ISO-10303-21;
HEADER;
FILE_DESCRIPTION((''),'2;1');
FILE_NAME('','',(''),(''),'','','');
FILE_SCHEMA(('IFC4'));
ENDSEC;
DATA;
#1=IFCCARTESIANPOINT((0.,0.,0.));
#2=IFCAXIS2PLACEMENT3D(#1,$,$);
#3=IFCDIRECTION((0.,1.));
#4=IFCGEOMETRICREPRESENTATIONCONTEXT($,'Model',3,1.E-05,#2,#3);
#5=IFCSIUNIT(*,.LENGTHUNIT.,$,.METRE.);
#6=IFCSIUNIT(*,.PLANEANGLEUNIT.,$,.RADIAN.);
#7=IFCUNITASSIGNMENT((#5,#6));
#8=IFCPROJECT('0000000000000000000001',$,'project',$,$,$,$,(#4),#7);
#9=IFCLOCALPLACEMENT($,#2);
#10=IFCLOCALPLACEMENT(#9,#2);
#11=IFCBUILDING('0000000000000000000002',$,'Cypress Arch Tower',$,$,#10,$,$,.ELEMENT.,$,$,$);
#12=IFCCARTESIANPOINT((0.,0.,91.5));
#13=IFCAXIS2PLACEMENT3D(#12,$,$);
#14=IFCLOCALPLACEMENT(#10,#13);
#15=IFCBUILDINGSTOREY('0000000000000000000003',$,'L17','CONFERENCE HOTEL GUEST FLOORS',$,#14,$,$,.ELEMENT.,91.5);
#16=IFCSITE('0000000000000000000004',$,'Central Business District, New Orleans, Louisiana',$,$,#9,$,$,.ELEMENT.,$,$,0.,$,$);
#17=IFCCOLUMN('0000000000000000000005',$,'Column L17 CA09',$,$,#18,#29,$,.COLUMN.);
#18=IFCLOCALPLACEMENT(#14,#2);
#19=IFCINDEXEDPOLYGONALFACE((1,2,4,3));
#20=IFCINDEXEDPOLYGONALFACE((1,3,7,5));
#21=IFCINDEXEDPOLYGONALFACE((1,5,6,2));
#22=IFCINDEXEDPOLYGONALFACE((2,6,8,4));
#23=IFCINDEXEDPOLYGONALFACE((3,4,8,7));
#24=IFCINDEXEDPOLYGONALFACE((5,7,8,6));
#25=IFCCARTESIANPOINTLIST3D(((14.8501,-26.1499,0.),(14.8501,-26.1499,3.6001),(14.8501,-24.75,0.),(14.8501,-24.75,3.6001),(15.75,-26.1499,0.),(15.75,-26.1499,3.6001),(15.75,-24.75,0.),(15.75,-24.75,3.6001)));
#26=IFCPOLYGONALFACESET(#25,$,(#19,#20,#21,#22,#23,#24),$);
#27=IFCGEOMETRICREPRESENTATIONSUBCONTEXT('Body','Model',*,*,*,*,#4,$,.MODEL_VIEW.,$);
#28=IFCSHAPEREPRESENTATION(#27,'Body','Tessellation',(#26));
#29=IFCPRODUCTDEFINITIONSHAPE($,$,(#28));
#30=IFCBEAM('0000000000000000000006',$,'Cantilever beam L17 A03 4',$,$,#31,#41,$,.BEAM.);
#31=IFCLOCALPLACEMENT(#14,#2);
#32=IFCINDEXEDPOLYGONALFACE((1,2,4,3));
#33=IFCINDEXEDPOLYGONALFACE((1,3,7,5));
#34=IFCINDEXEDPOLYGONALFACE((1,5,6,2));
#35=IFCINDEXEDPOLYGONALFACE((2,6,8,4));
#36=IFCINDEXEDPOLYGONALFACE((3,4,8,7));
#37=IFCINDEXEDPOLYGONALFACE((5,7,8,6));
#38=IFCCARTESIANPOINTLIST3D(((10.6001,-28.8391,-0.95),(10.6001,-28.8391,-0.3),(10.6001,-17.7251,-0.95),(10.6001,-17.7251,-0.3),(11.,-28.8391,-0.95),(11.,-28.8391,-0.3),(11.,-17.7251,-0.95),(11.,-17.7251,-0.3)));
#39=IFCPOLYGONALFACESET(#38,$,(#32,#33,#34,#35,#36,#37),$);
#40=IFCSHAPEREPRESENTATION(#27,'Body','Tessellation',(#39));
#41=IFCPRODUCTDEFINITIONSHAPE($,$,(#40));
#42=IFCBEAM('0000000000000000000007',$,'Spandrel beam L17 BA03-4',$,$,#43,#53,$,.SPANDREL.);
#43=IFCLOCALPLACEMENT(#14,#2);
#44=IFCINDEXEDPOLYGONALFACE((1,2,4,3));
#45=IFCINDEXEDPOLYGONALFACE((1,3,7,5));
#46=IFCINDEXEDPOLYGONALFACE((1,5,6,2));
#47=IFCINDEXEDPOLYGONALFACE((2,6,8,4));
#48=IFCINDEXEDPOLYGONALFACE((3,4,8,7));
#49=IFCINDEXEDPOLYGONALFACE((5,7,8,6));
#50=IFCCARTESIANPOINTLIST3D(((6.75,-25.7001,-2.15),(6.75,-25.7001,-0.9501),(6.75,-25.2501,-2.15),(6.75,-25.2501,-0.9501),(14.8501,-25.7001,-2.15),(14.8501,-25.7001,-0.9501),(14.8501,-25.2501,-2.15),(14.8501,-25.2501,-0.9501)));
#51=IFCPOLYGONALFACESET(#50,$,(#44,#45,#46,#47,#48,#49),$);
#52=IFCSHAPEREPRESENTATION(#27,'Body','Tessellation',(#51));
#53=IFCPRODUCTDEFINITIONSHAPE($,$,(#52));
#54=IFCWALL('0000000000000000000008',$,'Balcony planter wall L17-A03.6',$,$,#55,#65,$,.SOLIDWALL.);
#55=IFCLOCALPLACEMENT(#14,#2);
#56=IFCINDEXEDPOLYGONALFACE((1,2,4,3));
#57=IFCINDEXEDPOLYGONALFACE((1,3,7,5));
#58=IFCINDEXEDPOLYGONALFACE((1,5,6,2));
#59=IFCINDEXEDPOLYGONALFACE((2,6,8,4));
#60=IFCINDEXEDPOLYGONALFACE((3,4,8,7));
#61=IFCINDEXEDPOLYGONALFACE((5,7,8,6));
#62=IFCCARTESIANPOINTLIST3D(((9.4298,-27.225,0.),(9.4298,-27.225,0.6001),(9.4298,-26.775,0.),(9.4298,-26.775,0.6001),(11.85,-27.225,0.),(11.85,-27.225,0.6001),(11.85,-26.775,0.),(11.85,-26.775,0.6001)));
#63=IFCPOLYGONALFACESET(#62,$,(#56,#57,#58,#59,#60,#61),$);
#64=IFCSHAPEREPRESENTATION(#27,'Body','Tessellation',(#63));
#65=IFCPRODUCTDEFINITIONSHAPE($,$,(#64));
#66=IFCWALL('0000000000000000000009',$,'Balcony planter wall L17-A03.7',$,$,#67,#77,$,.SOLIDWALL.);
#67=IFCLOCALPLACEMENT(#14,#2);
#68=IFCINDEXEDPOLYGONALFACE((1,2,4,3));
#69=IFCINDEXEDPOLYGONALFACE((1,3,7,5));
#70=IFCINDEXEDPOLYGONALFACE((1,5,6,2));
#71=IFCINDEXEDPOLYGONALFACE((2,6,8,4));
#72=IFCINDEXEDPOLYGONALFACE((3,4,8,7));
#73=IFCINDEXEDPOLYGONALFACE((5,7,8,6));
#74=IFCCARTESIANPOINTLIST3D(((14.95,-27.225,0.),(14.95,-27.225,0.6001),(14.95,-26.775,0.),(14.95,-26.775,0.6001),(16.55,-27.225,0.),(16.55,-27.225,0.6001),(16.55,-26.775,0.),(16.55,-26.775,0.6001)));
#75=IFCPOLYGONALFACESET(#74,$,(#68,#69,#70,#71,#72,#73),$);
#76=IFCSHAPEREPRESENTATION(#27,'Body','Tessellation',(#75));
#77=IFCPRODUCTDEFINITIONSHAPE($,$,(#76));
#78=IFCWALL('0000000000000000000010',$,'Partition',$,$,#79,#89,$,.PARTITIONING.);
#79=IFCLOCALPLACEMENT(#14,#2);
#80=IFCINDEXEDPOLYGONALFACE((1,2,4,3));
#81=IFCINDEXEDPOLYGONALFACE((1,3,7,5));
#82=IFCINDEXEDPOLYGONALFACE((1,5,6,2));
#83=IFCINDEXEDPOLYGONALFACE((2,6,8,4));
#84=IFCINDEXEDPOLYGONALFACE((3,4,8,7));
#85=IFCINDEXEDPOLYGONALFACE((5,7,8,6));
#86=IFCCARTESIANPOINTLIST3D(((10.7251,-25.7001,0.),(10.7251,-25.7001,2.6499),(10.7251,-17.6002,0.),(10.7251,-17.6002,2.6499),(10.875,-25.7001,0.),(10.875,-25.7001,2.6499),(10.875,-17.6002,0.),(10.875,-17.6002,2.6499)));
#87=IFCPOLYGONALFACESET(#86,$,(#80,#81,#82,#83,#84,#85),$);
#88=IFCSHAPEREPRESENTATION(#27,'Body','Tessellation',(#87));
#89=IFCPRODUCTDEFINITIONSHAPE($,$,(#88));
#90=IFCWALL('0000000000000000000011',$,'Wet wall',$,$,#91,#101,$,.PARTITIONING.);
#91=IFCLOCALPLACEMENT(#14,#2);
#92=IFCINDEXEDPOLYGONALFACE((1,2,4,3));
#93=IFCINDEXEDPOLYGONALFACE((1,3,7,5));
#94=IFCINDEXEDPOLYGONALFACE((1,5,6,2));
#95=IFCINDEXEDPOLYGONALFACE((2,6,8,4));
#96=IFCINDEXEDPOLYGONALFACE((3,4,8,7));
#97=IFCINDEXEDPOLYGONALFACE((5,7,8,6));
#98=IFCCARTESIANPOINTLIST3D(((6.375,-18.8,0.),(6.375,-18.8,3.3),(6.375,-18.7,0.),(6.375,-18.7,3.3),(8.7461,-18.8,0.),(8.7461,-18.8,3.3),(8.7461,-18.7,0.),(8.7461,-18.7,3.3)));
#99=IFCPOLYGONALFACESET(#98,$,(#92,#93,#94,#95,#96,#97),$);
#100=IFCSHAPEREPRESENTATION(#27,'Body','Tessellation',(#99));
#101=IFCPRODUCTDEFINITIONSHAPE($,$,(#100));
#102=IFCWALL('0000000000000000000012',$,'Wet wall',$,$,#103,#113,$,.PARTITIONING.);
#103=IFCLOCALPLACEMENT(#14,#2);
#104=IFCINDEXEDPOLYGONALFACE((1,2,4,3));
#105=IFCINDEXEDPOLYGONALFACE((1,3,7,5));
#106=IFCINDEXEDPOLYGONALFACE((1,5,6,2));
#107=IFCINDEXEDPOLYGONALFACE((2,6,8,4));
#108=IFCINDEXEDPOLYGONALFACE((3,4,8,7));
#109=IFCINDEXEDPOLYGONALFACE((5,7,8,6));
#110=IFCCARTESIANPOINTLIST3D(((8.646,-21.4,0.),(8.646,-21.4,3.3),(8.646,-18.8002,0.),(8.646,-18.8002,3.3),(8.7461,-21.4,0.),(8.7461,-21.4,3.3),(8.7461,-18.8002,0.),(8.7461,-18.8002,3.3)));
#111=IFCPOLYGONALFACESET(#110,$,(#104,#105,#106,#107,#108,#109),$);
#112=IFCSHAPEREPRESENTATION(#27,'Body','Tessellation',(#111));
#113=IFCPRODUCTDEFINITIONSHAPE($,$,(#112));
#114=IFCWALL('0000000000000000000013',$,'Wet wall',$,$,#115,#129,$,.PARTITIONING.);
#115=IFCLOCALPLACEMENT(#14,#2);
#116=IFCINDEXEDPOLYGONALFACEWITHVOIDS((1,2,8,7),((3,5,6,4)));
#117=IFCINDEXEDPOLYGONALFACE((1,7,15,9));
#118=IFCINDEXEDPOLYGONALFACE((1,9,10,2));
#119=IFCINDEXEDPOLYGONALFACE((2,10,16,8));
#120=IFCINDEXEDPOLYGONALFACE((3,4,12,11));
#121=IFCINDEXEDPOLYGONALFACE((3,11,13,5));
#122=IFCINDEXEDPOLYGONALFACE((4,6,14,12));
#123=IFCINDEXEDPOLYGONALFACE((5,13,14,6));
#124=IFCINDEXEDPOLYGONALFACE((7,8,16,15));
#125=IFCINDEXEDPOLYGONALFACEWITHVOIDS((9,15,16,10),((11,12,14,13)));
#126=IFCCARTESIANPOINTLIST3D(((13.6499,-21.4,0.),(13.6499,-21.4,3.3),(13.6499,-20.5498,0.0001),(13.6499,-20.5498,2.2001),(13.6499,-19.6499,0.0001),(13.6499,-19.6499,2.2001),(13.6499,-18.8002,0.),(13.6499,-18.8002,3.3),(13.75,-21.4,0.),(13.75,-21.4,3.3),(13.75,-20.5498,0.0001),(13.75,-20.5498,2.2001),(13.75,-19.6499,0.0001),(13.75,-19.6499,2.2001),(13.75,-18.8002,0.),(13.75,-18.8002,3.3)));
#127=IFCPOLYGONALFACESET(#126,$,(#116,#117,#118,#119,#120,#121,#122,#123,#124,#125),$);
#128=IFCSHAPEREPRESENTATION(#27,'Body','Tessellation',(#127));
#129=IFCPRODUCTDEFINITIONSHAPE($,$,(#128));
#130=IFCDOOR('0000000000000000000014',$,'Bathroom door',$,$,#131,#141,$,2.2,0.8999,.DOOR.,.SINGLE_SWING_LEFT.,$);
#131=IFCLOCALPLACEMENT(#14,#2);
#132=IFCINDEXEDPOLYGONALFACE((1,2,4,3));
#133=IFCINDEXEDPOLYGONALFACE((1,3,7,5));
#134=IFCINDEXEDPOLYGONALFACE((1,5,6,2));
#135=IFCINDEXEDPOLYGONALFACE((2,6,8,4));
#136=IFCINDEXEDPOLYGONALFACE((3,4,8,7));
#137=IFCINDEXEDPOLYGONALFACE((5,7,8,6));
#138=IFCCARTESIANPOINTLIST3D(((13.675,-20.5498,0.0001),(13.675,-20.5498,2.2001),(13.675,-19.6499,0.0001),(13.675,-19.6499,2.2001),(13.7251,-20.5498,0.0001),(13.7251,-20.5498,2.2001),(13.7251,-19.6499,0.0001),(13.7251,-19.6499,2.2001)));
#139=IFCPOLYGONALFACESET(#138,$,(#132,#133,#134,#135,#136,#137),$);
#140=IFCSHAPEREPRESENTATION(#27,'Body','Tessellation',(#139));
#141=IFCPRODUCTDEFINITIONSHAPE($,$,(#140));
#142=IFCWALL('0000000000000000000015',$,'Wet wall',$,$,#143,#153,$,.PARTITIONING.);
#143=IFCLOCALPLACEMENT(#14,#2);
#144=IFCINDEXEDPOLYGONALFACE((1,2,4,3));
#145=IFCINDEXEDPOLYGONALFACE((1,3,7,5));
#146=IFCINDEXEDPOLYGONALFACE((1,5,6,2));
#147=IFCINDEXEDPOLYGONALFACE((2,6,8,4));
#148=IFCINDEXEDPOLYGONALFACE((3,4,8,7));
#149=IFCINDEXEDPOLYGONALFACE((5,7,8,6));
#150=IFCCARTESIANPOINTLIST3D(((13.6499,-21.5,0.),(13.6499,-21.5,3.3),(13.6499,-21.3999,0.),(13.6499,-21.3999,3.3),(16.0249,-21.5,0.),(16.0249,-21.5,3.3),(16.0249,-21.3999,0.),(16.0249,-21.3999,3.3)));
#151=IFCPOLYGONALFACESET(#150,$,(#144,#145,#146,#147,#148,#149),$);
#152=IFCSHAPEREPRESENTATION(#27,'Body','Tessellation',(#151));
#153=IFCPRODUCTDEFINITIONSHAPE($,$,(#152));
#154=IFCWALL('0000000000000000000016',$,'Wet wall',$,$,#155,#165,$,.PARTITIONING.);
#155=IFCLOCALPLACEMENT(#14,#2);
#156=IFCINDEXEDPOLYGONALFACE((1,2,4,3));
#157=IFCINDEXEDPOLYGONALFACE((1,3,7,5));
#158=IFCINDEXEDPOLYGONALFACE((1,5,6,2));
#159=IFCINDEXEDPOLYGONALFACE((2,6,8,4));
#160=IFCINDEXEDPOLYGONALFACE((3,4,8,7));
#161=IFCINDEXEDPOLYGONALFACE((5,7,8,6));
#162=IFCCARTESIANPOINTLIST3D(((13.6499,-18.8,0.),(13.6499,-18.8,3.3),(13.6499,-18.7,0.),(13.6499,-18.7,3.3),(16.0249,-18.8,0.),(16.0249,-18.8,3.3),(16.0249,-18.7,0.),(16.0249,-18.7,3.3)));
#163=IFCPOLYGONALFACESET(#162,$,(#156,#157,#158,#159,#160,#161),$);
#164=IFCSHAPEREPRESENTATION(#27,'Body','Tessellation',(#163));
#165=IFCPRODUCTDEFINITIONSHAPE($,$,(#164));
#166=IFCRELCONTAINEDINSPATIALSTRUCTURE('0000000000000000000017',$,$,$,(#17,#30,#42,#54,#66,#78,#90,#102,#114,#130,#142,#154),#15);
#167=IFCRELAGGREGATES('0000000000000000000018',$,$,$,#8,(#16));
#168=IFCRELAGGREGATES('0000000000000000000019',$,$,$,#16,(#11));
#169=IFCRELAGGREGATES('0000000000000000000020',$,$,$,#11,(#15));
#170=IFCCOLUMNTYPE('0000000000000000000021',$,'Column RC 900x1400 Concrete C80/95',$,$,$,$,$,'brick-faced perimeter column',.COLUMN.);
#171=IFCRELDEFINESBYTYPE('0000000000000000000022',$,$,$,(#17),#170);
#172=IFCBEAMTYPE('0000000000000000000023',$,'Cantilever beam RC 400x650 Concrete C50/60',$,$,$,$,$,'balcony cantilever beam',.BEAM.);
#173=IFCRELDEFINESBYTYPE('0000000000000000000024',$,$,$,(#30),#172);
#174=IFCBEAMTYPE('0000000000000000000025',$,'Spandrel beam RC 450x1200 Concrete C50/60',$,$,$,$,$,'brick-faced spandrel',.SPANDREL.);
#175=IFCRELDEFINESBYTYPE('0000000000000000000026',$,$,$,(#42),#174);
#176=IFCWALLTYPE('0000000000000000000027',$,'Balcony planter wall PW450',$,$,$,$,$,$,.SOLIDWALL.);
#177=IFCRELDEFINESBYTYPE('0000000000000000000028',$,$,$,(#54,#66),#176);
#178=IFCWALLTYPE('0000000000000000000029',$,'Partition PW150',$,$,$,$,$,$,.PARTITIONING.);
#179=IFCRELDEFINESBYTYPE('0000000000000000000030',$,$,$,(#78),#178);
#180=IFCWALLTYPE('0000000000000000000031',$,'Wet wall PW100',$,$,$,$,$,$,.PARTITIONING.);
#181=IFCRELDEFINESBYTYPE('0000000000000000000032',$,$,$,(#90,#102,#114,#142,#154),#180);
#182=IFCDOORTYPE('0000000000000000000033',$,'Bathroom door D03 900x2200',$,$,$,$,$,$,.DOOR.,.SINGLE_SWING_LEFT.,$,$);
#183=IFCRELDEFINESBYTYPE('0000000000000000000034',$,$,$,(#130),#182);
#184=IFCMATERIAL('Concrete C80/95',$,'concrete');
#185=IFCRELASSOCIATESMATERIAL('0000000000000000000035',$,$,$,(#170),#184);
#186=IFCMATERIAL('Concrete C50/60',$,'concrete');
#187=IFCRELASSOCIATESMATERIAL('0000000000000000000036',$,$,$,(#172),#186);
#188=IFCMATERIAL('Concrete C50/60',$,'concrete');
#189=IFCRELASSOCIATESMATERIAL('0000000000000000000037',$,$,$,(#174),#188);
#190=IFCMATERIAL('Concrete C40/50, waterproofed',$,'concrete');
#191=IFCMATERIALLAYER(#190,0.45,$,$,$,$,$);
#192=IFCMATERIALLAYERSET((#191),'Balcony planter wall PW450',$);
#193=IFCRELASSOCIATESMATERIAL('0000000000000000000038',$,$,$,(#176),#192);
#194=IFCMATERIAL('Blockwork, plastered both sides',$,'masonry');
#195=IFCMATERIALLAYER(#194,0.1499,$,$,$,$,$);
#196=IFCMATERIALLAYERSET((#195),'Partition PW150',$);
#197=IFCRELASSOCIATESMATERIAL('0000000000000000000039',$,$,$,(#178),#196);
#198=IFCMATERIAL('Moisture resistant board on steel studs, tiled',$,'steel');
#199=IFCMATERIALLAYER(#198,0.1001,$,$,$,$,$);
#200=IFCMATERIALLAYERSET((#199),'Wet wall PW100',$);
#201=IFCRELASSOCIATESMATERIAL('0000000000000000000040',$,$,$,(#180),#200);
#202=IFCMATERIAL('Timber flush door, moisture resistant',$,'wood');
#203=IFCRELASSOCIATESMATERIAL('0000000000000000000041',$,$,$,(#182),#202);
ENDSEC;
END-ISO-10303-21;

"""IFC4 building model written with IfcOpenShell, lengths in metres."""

from ifc_helpers import new_model, si_unit, direction, frame, frame_2d, origin, origin_2d, place, context, subcontext, project, spatial, rectangle, extrude, material, layer, layer_set, material_profile, profile_set, type_object, element, fill, save


model = new_model("IFC4")

# Units and contexts
model_context = context("Model", 3, precision=1e-05, world=origin(), true_north=direction((0.0, 1.0)))
body_context = subcontext(model_context, "Body", "Model", "MODEL_VIEW")
ifc_project = project(units=[si_unit("LENGTHUNIT", "METRE"), si_unit("PLANEANGLEUNIT", "RADIAN")], contexts=[model_context])

# Site, building, storey
site_placement = place(None, origin())
site = spatial("IfcSite", under=ifc_project, at=site_placement, Name="Central Business District, New Orleans, Louisiana", CompositionType="ELEMENT", RefElevation=0.0)
building_placement = place(site_placement, origin())
building = spatial("IfcBuilding", under=site, at=building_placement, Name="Cypress Arch Tower", CompositionType="ELEMENT")
storey_placement = place(building_placement, frame((0.0, 0.0, 91.5)))
storey = spatial("IfcBuildingStorey", under=building, at=storey_placement, Name="L17", Description="CONFERENCE HOTEL GUEST FLOORS", CompositionType="ELEMENT", Elevation=91.5)

# Column
ifc_material_1 = material(Name="Concrete C80/95", Category="concrete")
ifc_material_profile_1 = material_profile(ifc_material_1, rectangle(XDim=0.8999, YDim=1.3999, at=origin_2d()), Name="RC 900x1400")
ifc_profile_set_1 = profile_set([ifc_material_profile_1], Name="Concrete C80/95")
column_type = type_object("IfcColumnType", Name="Column RC 900x1400 Concrete C80/95", ElementType="brick-faced perimeter column", PredefinedType="COLUMN", material=ifc_profile_set_1)
column_placement = place(storey_placement, frame((15.3, -25.45, 0.0), z_axis=(0.0, 0.0, 1.0), x_axis=(1.0, 0.0, 0.0)))
element("IfcColumn", 1, at=column_placement, inside=storey, type_object=column_type, Name="Column L17 CA09", PredefinedType="COLUMN", context=body_context, shape_type="SweptSolid", body=[
    extrude(rectangle(XDim=0.8999, YDim=1.3999, at=origin_2d()), origin(), (0.0, 0.0, 1.0), 3.6001),
])

# Beams
ifc_material_2 = material(Name="Concrete C50/60", Category="concrete")
ifc_material_profile_2 = material_profile(ifc_material_2, rectangle(XDim=0.3999, YDim=0.6499, at=origin_2d()), Name="RC 400x650")
ifc_profile_set_2 = profile_set([ifc_material_profile_2], Name="Concrete C50/60")
beam_type_1 = type_object("IfcBeamType", Name="Cantilever beam RC 400x650 Concrete C50/60", ElementType="balcony cantilever beam", PredefinedType="BEAM", material=ifc_profile_set_2)
beam_1_placement = place(storey_placement, frame((10.8, -17.7251, -0.625), z_axis=(0.0, -1.0, 0.0), x_axis=(1.0, 0.0, 0.0)))
element("IfcBeam", 2, at=beam_1_placement, inside=storey, type_object=beam_type_1, Name="Cantilever beam L17 A03 4", PredefinedType="BEAM", context=body_context, shape_type="SweptSolid", body=[
    extrude(rectangle(XDim=0.3999, YDim=0.6499, at=origin_2d()), origin(), (0.0, 0.0, 1.0), 11.114),
])
ifc_material_3 = material(Name="Concrete C50/60", Category="concrete")
ifc_material_profile_3 = material_profile(ifc_material_3, rectangle(XDim=0.45, YDim=1.2, at=origin_2d()), Name="RC 450x1200")
ifc_profile_set_3 = profile_set([ifc_material_profile_3], Name="Concrete C50/60")
beam_type_2 = type_object("IfcBeamType", Name="Spandrel beam RC 450x1200 Concrete C50/60", ElementType="brick-faced spandrel", PredefinedType="SPANDREL", material=ifc_profile_set_3)
beam_2_placement = place(storey_placement, frame((6.75, -25.4751, -1.55), z_axis=(1.0, 0.0, 0.0), x_axis=(0.0, 1.0, 0.0)))
element("IfcBeam", 3, at=beam_2_placement, inside=storey, type_object=beam_type_2, Name="Spandrel beam L17 BA03-4", PredefinedType="SPANDREL", context=body_context, shape_type="SweptSolid", body=[
    extrude(rectangle(XDim=0.45, YDim=1.2, at=origin_2d()), origin(), (0.0, 0.0, 1.0), 8.1001),
])

# Walls
ifc_material_4 = material(Name="Concrete C40/50, waterproofed", Category="concrete")
ifc_layer_1 = layer(ifc_material_4, 0.45)
ifc_layer_set_1 = layer_set([ifc_layer_1], Name="Balcony planter wall PW450")
wall_type_1 = type_object("IfcWallType", Name="Balcony planter wall PW450", PredefinedType="SOLIDWALL", material=ifc_layer_set_1)
wall_1_placement = place(storey_placement, frame((9.4299, -27.0, 0.0), z_axis=(0.0, 0.0, 1.0), x_axis=(1.0, 0.0, 0.0)))
element("IfcWall", 4, at=wall_1_placement, inside=storey, type_object=wall_type_1, Name="Balcony planter wall L17-A03.6", PredefinedType="SOLIDWALL", context=body_context, shape_type="SweptSolid", body=[
    extrude(rectangle(XDim=2.4202, YDim=0.45, at=frame_2d((1.21, 0.0))), origin(), (0.0, 0.0, 1.0), 0.6001),
])
wall_2_placement = place(storey_placement, frame((14.95, -27.0, 0.0), z_axis=(0.0, 0.0, 1.0), x_axis=(1.0, 0.0, 0.0)))
element("IfcWall", 5, at=wall_2_placement, inside=storey, type_object=wall_type_1, Name="Balcony planter wall L17-A03.7", PredefinedType="SOLIDWALL", context=body_context, shape_type="SweptSolid", body=[
    extrude(rectangle(XDim=1.6001, YDim=0.45, at=frame_2d((0.8, 0.0))), origin(), (0.0, 0.0, 1.0), 0.6001),
])

# Walls
ifc_material_5 = material(Name="Blockwork, plastered both sides", Category="masonry")
ifc_layer_2 = layer(ifc_material_5, 0.1499)
ifc_layer_set_2 = layer_set([ifc_layer_2], Name="Partition PW150")
wall_type_2 = type_object("IfcWallType", Name="Partition PW150", PredefinedType="PARTITIONING", material=ifc_layer_set_2)
wall_3_placement = place(storey_placement, frame((10.8, -25.7, 0.0), z_axis=(0.0, 0.0, 1.0), x_axis=(0.0, 1.0, 0.0)))
element("IfcWall", 6, at=wall_3_placement, inside=storey, type_object=wall_type_2, Name="Partition", PredefinedType="PARTITIONING", context=body_context, shape_type="SweptSolid", body=[
    extrude(rectangle(XDim=8.0999, YDim=0.1499, at=frame_2d((4.0498, 0.0))), origin(), (0.0, 0.0, 1.0), 2.6499),
])
ifc_material_6 = material(Name="Moisture resistant board on steel studs, tiled", Category="steel")
ifc_layer_3 = layer(ifc_material_6, 0.1001)
ifc_layer_set_3 = layer_set([ifc_layer_3], Name="Wet wall PW100")
wall_type_3 = type_object("IfcWallType", Name="Wet wall PW100", PredefinedType="PARTITIONING", material=ifc_layer_set_3)
wall_4_placement = place(storey_placement, frame((6.375, -18.75, 0.0), z_axis=(0.0, 0.0, 1.0), x_axis=(1.0, 0.0, 0.0)))
element("IfcWall", 7, at=wall_4_placement, inside=storey, type_object=wall_type_3, Name="Wet wall", PredefinedType="PARTITIONING", context=body_context, shape_type="SweptSolid", body=[
    extrude(rectangle(XDim=2.3711, YDim=0.1001, at=frame_2d((1.1855, 0.0))), origin(), (0.0, 0.0, 1.0), 3.3),
])
wall_5_placement = place(storey_placement, frame((8.696, -21.3999, 0.0), z_axis=(0.0, 0.0, 1.0), x_axis=(0.0, 1.0, 0.0)))
element("IfcWall", 8, at=wall_5_placement, inside=storey, type_object=wall_type_3, Name="Wet wall", PredefinedType="PARTITIONING", context=body_context, shape_type="SweptSolid", body=[
    extrude(rectangle(XDim=2.5999, YDim=0.1001, at=frame_2d((1.2998, 0.0))), origin(), (0.0, 0.0, 1.0), 3.3),
])

# Wall, opening, door
wall_6_placement = place(storey_placement, frame((13.7, -21.3999, 0.0), z_axis=(0.0, 0.0, 1.0), x_axis=(0.0, 1.0, 0.0)))
wall_6 = element("IfcWall", 9, at=wall_6_placement, inside=storey, type_object=wall_type_3, Name="Wet wall", PredefinedType="PARTITIONING", context=body_context, shape_type="SweptSolid", body=[
    extrude(rectangle(XDim=2.5999, YDim=0.1001, at=frame_2d((1.2998, 0.0))), origin(), (0.0, 0.0, 1.0), 3.3),
])
opening_1_placement = place(wall_6_placement, frame((0.8501, 0.0, 0.0)))
opening_1 = element("IfcOpeningElement", 10, at=opening_1_placement, cuts=wall_6, PredefinedType="OPENING", context=body_context, shape_type="SweptSolid", body=[
    extrude(rectangle(XDim=0.8999, YDim=2.2, at=frame_2d((0.45, 1.1001))), frame((0.0, 0.0601, 0.0), z_axis=(0.0, -1.0, 0.0), x_axis=(1.0, 0.0, 0.0)), (0.0, 0.0, 1.0), 0.1201),
])
ifc_material_7 = material(Name="Timber flush door, moisture resistant", Category="wood")
door_type_1 = type_object("IfcDoorType", Name="Bathroom door D03 900x2200", OperationType="SINGLE_SWING_LEFT", PredefinedType="DOOR", material=ifc_material_7)
door_1_placement = place(opening_1_placement, origin())
door_1 = element("IfcDoor", 11, at=door_1_placement, inside=storey, type_object=door_type_1, Name="Bathroom door", OperationType="SINGLE_SWING_LEFT", OverallHeight=2.2, OverallWidth=0.8999, PredefinedType="DOOR", context=body_context, shape_type="SweptSolid", body=[
    extrude(rectangle(XDim=0.8999, YDim=2.2, at=frame_2d((0.45, 1.1001))), frame((0.0, 0.0249, 0.0), z_axis=(0.0, -1.0, 0.0), x_axis=(1.0, 0.0, 0.0)), (0.0, 0.0, 1.0), 0.05),
])
fill(opening_1, door_1)

# Walls
for number, where, z_axis, x_axis, name in (
    (12, (13.6499, -21.45, 0.0), (0.0, 0.0, 1.0), (1.0, 0.0, 0.0), "Wet wall"),
    (13, (13.6499, -18.75, 0.0), (0.0, 0.0, 1.0), (1.0, 0.0, 0.0), "Wet wall"),
):
    element("IfcWall", number, at=place(storey_placement, frame(where, z_axis=z_axis, x_axis=x_axis)), inside=storey, type_object=wall_type_3, Name=name, PredefinedType="PARTITIONING", context=body_context, shape_type="SweptSolid", body=[
        extrude(rectangle(XDim=2.375, YDim=0.1001, at=frame_2d((1.1875, 0.0))), origin(), (0.0, 0.0, 1.0), 3.3),
    ])

save(model, "model.ifc")
